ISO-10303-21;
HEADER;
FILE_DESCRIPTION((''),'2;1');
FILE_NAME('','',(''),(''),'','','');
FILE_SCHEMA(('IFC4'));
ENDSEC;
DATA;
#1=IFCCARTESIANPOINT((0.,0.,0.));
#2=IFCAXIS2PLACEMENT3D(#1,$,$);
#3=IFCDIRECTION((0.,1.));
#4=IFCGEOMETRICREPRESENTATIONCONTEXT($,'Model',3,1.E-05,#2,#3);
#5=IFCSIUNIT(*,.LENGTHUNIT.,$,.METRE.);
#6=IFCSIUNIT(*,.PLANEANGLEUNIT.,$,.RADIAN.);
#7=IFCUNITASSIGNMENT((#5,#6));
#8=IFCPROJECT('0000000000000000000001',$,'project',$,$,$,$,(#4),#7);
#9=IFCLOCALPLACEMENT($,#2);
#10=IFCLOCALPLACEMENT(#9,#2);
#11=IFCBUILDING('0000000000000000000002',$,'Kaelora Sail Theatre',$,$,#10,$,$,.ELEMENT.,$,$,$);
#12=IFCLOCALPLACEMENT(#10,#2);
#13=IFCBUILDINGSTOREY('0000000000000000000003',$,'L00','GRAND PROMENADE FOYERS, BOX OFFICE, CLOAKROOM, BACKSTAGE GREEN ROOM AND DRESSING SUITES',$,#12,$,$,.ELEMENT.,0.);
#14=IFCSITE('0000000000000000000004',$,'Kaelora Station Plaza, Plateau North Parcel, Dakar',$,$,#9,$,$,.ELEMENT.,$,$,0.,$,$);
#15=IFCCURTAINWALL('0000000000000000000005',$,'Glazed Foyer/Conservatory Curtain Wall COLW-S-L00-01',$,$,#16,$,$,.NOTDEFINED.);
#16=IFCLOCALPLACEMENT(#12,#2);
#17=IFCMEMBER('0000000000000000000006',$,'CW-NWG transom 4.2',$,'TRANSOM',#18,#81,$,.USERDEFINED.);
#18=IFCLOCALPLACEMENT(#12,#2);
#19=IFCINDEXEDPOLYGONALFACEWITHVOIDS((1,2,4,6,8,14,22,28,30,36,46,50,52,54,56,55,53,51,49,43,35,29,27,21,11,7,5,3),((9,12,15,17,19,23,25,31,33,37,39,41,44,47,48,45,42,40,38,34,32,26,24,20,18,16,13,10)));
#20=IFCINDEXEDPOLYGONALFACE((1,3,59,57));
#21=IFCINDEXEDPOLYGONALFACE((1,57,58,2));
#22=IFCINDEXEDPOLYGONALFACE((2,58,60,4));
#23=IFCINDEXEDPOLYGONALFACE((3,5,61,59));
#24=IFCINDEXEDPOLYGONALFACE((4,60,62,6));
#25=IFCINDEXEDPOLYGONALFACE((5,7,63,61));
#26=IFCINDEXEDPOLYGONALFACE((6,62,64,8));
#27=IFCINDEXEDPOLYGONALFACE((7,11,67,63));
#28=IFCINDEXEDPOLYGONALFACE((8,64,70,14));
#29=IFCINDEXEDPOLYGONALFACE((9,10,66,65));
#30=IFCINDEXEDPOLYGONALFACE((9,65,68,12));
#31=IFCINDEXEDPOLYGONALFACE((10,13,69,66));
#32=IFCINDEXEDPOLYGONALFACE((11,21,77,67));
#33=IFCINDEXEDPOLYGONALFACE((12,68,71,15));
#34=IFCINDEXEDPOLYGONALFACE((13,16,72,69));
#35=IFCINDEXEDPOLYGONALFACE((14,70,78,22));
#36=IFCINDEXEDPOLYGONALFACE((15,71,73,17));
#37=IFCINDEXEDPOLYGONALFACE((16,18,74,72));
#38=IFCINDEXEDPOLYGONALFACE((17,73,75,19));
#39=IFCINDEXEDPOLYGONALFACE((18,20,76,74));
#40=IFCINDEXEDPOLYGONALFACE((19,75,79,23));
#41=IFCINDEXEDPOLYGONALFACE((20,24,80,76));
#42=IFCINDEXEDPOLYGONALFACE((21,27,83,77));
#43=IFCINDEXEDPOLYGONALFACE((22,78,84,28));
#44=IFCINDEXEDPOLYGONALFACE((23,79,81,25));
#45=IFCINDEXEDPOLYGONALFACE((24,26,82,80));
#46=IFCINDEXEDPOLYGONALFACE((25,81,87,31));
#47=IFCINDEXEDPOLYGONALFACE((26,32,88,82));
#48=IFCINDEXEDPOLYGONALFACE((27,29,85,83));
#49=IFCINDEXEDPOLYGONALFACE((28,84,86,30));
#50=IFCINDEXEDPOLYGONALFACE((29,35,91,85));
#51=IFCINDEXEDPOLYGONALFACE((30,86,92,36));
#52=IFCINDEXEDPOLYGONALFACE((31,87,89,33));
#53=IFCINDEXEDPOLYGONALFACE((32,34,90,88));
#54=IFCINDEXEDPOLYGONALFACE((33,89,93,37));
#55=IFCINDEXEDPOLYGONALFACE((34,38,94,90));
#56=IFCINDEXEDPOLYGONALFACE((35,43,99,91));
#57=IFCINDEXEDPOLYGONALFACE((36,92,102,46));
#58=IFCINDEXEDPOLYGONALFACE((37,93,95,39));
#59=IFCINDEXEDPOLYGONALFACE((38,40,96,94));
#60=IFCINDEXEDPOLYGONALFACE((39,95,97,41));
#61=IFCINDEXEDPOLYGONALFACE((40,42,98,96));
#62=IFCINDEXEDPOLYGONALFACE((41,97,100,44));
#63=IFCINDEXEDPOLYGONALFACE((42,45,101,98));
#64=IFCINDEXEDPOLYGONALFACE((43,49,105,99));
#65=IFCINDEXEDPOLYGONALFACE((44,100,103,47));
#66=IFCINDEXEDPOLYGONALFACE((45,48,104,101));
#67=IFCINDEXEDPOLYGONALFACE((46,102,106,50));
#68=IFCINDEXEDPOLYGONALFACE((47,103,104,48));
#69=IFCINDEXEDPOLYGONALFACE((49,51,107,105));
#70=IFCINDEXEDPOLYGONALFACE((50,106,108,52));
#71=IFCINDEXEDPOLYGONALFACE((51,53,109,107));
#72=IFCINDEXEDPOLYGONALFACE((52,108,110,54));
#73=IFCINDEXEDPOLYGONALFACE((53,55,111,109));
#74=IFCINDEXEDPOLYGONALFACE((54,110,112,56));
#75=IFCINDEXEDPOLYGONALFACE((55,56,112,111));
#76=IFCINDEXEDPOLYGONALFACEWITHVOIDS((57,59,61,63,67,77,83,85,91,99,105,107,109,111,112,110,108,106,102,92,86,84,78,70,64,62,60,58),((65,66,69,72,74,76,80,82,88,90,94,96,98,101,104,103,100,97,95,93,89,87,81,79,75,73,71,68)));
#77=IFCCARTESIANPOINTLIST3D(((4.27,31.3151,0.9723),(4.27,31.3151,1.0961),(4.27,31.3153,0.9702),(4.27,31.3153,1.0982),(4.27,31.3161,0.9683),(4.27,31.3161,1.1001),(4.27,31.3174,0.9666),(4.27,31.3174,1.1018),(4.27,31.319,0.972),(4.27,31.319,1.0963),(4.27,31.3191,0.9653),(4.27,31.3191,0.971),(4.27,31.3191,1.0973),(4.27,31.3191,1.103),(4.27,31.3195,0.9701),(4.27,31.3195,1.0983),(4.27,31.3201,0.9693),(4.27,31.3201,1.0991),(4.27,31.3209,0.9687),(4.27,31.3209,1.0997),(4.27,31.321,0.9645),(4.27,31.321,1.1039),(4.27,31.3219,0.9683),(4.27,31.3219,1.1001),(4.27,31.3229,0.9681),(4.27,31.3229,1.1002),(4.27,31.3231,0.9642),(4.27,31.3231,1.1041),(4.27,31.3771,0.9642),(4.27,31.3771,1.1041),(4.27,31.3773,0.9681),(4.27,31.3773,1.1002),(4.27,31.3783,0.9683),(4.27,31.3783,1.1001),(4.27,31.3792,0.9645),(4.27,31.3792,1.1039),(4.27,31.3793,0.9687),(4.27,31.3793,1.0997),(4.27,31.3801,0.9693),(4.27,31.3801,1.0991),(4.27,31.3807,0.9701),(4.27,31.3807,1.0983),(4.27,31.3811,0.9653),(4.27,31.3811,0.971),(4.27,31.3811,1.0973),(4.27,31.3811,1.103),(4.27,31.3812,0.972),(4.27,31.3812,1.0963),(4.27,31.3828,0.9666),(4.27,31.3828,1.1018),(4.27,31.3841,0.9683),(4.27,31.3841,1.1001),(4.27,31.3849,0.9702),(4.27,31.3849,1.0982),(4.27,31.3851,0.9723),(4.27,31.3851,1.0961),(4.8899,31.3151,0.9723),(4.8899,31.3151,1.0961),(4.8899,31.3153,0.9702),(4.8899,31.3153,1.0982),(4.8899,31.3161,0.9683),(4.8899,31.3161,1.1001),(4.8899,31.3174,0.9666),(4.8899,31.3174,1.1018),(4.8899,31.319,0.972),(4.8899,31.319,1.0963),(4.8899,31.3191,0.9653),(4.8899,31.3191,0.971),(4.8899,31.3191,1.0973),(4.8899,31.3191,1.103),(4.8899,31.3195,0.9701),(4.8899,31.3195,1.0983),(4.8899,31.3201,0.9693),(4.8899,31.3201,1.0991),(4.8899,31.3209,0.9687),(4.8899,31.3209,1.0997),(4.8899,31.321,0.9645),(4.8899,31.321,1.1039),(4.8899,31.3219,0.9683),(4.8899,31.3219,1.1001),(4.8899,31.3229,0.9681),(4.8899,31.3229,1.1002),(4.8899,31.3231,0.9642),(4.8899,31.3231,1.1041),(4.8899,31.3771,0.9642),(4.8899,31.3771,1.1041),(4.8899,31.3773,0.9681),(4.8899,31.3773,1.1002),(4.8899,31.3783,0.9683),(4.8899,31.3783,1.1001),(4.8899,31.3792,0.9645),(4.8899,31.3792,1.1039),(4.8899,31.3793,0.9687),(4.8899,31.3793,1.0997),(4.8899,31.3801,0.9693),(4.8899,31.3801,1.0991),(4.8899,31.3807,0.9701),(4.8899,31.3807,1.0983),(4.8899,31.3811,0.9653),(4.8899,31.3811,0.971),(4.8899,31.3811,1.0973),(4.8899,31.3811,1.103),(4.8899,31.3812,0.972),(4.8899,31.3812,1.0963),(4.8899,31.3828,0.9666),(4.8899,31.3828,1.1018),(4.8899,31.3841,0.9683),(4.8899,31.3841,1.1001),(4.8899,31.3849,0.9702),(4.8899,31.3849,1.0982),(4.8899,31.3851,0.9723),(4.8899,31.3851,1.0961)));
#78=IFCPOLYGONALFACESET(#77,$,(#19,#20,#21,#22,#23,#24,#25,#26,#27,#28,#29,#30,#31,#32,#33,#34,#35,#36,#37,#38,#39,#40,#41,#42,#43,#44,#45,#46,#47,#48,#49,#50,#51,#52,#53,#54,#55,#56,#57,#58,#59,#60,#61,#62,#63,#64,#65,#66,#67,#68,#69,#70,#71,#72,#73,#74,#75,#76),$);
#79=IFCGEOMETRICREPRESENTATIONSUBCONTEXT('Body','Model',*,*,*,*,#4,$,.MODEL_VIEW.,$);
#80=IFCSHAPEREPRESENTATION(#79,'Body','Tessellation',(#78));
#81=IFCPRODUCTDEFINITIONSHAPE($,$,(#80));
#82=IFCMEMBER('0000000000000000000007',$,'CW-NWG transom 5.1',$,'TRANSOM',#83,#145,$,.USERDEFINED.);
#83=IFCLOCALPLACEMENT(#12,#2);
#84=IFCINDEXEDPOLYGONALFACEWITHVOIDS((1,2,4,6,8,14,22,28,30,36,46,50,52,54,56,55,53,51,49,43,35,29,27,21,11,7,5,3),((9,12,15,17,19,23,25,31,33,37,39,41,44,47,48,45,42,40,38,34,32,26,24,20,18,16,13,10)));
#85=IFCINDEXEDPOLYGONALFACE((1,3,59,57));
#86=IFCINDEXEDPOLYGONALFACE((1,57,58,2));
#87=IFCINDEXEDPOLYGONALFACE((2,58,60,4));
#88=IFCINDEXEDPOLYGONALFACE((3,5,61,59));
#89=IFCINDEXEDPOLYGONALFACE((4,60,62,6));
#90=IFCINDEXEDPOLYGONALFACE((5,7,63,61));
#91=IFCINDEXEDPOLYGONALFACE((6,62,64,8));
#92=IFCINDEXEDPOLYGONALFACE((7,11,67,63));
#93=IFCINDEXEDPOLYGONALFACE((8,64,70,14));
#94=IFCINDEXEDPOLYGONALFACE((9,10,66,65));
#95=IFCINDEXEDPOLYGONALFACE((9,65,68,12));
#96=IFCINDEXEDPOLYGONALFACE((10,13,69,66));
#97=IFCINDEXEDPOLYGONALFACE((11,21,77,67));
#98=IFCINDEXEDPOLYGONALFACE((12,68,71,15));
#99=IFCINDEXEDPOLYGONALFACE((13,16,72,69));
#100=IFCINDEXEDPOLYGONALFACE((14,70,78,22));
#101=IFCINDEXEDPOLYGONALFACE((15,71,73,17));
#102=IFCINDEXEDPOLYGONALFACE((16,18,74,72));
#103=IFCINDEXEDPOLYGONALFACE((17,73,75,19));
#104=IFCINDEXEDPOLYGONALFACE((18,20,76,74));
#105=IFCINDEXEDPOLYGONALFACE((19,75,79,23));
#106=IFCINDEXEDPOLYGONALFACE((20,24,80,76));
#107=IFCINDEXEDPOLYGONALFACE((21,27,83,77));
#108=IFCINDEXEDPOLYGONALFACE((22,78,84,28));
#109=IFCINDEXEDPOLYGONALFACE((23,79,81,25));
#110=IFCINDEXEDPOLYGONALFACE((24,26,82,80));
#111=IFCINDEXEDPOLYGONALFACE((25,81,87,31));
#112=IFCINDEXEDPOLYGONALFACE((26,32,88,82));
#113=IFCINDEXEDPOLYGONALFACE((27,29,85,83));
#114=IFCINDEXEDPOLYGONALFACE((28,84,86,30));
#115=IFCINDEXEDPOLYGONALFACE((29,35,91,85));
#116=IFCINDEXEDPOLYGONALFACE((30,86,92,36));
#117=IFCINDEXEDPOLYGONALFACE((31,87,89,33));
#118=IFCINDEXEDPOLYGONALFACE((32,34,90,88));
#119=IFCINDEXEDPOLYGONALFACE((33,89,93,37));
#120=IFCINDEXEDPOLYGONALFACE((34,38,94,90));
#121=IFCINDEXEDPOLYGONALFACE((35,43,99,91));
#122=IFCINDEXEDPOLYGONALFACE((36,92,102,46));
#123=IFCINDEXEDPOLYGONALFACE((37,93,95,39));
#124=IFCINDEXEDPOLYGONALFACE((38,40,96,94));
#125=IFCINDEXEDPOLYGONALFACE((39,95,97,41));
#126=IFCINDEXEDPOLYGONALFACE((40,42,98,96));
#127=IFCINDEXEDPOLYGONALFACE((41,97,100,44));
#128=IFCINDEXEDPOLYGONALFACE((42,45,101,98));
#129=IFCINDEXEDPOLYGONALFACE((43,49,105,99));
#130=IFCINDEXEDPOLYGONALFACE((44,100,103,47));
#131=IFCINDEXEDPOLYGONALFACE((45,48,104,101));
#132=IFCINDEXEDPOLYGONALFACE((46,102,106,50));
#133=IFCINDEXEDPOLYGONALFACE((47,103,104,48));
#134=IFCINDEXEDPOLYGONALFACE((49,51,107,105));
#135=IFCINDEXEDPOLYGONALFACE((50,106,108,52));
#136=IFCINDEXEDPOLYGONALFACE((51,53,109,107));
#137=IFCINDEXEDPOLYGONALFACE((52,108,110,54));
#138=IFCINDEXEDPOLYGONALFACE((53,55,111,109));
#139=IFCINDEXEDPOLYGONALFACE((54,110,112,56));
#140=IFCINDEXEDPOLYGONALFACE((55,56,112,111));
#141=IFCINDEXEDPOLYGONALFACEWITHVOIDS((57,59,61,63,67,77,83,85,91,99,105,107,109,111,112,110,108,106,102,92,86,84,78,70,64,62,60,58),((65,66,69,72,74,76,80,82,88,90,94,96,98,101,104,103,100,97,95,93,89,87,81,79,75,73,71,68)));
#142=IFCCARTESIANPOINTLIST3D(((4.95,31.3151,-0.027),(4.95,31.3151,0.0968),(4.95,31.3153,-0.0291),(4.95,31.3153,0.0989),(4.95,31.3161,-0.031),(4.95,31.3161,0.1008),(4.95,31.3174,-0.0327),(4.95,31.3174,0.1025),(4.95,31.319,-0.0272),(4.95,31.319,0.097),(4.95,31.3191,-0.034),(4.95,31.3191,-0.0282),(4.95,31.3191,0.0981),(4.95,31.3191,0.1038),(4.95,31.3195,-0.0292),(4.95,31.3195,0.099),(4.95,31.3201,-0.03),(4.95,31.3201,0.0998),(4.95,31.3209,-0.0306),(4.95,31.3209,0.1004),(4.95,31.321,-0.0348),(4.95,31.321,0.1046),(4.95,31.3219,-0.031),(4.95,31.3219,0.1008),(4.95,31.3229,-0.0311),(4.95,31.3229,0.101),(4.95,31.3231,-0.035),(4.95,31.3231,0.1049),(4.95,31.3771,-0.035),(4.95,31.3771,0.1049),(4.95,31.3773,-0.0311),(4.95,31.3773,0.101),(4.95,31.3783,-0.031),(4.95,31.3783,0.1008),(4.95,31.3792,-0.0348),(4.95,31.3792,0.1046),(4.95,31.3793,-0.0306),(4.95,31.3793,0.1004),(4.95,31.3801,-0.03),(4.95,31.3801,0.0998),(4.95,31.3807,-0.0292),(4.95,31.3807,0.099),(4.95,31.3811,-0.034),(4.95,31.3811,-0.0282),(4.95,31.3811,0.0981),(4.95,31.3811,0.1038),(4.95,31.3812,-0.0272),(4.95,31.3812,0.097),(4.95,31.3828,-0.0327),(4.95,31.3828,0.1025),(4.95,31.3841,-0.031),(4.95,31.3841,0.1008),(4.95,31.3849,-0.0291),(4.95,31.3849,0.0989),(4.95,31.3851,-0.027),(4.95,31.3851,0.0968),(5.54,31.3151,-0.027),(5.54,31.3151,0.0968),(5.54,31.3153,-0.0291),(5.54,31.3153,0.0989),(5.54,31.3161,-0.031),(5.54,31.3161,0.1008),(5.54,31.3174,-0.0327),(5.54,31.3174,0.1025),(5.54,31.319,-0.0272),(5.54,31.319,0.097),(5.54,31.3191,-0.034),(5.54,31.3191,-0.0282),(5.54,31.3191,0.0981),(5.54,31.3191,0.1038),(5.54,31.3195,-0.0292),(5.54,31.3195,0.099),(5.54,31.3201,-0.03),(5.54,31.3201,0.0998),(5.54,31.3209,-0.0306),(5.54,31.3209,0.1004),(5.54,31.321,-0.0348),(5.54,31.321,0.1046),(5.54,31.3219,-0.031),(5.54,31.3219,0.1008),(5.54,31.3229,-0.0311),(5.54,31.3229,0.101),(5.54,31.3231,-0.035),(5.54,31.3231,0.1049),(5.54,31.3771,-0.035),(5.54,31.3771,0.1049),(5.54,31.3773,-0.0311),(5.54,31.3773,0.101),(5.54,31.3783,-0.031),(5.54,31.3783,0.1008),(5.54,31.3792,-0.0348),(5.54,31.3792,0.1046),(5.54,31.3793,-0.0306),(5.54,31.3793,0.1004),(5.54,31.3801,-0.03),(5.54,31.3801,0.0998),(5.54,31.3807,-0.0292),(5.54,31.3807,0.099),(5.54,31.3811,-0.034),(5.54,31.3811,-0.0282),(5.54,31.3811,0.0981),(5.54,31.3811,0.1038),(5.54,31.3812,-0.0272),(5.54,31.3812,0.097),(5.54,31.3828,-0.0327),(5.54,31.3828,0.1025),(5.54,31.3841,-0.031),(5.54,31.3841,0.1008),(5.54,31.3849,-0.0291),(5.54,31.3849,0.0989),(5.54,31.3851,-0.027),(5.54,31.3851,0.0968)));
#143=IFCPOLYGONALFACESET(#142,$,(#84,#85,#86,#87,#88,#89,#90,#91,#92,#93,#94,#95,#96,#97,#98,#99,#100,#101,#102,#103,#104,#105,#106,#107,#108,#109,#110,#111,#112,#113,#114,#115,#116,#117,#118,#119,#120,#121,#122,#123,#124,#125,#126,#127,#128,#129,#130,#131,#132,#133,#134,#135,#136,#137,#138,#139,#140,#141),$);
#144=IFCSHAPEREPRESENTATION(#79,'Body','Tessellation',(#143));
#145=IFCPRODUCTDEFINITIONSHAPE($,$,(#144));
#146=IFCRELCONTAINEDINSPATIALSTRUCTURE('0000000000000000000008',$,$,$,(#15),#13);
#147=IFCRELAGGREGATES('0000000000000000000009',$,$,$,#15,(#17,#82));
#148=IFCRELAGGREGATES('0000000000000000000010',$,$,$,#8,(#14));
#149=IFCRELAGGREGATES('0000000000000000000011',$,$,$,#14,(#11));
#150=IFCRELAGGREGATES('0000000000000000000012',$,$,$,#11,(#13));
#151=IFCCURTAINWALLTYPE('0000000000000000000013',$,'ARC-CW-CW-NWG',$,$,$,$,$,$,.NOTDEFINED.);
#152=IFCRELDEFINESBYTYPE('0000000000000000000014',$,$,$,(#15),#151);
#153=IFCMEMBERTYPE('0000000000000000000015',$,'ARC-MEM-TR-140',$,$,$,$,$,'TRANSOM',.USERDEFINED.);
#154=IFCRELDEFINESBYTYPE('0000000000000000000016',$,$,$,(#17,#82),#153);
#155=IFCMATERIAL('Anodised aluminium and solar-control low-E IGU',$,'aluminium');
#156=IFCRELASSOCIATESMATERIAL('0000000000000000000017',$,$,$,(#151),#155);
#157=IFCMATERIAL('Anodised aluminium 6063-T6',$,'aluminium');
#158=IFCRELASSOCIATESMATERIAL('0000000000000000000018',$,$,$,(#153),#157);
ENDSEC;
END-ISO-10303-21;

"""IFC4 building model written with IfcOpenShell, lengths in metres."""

from ifc_helpers import new_model, si_unit, direction, frame, origin, origin_2d, place, context, subcontext, project, spatial, hollow_rectangle, extrude, material, material_profile, profile_set, type_object, element, aggregate, save


model = new_model("IFC4")

# Units and contexts
model_context = context("Model", 3, precision=1e-05, world=origin(), true_north=direction((0.0, 1.0)))
body_context = subcontext(model_context, "Body", "Model", "MODEL_VIEW")
ifc_project = project(units=[si_unit("LENGTHUNIT", "METRE"), si_unit("PLANEANGLEUNIT", "RADIAN")], contexts=[model_context])

# Site, building, storey
site_placement = place(None, origin())
site = spatial("IfcSite", under=ifc_project, at=site_placement, Name="Kaelora Station Plaza, Plateau North Parcel, Dakar", CompositionType="ELEMENT", RefElevation=0.0)
building_placement = place(site_placement, origin())
building = spatial("IfcBuilding", under=site, at=building_placement, Name="Kaelora Sail Theatre", CompositionType="ELEMENT")
storey_placement = place(building_placement, origin())
storey = spatial("IfcBuildingStorey", under=building, at=storey_placement, Name="L00", Description="GRAND PROMENADE FOYERS, BOX OFFICE, CLOAKROOM, BACKSTAGE GREEN ROOM AND DRESSING SUITES", CompositionType="ELEMENT", Elevation=0.0)

# Curtain wall, members
ifc_material_1 = material(Name="Anodised aluminium and solar-control low-E IGU", Category="aluminium")
curtain_wall_type = type_object("IfcCurtainWallType", Name="ARC-CW-CW-NWG", PredefinedType="NOTDEFINED", material=ifc_material_1)
curtain_wall_placement = place(storey_placement, origin())
curtain_wall = element("IfcCurtainWall", 1, at=curtain_wall_placement, inside=storey, type_object=curtain_wall_type, Name="Glazed Foyer/Conservatory Curtain Wall COLW-S-L00-01", PredefinedType="NOTDEFINED")
ifc_material_2 = material(Name="Anodised aluminium 6063-T6", Category="aluminium")
ifc_material_profile_1 = material_profile(ifc_material_2, hollow_rectangle(XDim=0.0701, YDim=0.1399, WallThickness=0.0039, InnerFilletRadius=0.0039, OuterFilletRadius=0.0081, at=origin_2d()), Name="ALU-TRAN 70x140x4")
ifc_profile_set_1 = profile_set([ifc_material_profile_1], Name="Anodised aluminium 6063-T6")
member_type_1 = type_object("IfcMemberType", Name="ARC-MEM-TR-140", ElementType="TRANSOM", PredefinedType="USERDEFINED", material=ifc_profile_set_1)
member_1_placement = place(storey_placement, frame((4.27, 31.3501, 1.0342), z_axis=(1.0, 0.0, 0.0), x_axis=(0.0, 1.0, 0.0)))
member_1 = element("IfcMember", 2, at=member_1_placement, type_object=member_type_1, Name="CW-NWG transom 4.2", ObjectType="TRANSOM", PredefinedType="USERDEFINED", context=body_context, shape_type="SweptSolid", body=[
    extrude(hollow_rectangle(XDim=0.0701, YDim=0.1399, WallThickness=0.0039, InnerFilletRadius=0.0039, OuterFilletRadius=0.0081, at=origin_2d()), origin(), (0.0, 0.0, 1.0), 0.6199),
])
member_2_placement = place(storey_placement, frame((4.95, 31.3501, 0.0349), z_axis=(1.0, 0.0, 0.0), x_axis=(0.0, 1.0, 0.0)))
member_2 = element("IfcMember", 3, at=member_2_placement, type_object=member_type_1, Name="CW-NWG transom 5.1", ObjectType="TRANSOM", PredefinedType="USERDEFINED", context=body_context, shape_type="SweptSolid", body=[
    extrude(hollow_rectangle(XDim=0.0701, YDim=0.1399, WallThickness=0.0039, InnerFilletRadius=0.0039, OuterFilletRadius=0.0081, at=origin_2d()), origin(), (0.0, 0.0, 1.0), 0.5901),
])
aggregate(curtain_wall, [member_1, member_2])

save(model, "model.ifc")
